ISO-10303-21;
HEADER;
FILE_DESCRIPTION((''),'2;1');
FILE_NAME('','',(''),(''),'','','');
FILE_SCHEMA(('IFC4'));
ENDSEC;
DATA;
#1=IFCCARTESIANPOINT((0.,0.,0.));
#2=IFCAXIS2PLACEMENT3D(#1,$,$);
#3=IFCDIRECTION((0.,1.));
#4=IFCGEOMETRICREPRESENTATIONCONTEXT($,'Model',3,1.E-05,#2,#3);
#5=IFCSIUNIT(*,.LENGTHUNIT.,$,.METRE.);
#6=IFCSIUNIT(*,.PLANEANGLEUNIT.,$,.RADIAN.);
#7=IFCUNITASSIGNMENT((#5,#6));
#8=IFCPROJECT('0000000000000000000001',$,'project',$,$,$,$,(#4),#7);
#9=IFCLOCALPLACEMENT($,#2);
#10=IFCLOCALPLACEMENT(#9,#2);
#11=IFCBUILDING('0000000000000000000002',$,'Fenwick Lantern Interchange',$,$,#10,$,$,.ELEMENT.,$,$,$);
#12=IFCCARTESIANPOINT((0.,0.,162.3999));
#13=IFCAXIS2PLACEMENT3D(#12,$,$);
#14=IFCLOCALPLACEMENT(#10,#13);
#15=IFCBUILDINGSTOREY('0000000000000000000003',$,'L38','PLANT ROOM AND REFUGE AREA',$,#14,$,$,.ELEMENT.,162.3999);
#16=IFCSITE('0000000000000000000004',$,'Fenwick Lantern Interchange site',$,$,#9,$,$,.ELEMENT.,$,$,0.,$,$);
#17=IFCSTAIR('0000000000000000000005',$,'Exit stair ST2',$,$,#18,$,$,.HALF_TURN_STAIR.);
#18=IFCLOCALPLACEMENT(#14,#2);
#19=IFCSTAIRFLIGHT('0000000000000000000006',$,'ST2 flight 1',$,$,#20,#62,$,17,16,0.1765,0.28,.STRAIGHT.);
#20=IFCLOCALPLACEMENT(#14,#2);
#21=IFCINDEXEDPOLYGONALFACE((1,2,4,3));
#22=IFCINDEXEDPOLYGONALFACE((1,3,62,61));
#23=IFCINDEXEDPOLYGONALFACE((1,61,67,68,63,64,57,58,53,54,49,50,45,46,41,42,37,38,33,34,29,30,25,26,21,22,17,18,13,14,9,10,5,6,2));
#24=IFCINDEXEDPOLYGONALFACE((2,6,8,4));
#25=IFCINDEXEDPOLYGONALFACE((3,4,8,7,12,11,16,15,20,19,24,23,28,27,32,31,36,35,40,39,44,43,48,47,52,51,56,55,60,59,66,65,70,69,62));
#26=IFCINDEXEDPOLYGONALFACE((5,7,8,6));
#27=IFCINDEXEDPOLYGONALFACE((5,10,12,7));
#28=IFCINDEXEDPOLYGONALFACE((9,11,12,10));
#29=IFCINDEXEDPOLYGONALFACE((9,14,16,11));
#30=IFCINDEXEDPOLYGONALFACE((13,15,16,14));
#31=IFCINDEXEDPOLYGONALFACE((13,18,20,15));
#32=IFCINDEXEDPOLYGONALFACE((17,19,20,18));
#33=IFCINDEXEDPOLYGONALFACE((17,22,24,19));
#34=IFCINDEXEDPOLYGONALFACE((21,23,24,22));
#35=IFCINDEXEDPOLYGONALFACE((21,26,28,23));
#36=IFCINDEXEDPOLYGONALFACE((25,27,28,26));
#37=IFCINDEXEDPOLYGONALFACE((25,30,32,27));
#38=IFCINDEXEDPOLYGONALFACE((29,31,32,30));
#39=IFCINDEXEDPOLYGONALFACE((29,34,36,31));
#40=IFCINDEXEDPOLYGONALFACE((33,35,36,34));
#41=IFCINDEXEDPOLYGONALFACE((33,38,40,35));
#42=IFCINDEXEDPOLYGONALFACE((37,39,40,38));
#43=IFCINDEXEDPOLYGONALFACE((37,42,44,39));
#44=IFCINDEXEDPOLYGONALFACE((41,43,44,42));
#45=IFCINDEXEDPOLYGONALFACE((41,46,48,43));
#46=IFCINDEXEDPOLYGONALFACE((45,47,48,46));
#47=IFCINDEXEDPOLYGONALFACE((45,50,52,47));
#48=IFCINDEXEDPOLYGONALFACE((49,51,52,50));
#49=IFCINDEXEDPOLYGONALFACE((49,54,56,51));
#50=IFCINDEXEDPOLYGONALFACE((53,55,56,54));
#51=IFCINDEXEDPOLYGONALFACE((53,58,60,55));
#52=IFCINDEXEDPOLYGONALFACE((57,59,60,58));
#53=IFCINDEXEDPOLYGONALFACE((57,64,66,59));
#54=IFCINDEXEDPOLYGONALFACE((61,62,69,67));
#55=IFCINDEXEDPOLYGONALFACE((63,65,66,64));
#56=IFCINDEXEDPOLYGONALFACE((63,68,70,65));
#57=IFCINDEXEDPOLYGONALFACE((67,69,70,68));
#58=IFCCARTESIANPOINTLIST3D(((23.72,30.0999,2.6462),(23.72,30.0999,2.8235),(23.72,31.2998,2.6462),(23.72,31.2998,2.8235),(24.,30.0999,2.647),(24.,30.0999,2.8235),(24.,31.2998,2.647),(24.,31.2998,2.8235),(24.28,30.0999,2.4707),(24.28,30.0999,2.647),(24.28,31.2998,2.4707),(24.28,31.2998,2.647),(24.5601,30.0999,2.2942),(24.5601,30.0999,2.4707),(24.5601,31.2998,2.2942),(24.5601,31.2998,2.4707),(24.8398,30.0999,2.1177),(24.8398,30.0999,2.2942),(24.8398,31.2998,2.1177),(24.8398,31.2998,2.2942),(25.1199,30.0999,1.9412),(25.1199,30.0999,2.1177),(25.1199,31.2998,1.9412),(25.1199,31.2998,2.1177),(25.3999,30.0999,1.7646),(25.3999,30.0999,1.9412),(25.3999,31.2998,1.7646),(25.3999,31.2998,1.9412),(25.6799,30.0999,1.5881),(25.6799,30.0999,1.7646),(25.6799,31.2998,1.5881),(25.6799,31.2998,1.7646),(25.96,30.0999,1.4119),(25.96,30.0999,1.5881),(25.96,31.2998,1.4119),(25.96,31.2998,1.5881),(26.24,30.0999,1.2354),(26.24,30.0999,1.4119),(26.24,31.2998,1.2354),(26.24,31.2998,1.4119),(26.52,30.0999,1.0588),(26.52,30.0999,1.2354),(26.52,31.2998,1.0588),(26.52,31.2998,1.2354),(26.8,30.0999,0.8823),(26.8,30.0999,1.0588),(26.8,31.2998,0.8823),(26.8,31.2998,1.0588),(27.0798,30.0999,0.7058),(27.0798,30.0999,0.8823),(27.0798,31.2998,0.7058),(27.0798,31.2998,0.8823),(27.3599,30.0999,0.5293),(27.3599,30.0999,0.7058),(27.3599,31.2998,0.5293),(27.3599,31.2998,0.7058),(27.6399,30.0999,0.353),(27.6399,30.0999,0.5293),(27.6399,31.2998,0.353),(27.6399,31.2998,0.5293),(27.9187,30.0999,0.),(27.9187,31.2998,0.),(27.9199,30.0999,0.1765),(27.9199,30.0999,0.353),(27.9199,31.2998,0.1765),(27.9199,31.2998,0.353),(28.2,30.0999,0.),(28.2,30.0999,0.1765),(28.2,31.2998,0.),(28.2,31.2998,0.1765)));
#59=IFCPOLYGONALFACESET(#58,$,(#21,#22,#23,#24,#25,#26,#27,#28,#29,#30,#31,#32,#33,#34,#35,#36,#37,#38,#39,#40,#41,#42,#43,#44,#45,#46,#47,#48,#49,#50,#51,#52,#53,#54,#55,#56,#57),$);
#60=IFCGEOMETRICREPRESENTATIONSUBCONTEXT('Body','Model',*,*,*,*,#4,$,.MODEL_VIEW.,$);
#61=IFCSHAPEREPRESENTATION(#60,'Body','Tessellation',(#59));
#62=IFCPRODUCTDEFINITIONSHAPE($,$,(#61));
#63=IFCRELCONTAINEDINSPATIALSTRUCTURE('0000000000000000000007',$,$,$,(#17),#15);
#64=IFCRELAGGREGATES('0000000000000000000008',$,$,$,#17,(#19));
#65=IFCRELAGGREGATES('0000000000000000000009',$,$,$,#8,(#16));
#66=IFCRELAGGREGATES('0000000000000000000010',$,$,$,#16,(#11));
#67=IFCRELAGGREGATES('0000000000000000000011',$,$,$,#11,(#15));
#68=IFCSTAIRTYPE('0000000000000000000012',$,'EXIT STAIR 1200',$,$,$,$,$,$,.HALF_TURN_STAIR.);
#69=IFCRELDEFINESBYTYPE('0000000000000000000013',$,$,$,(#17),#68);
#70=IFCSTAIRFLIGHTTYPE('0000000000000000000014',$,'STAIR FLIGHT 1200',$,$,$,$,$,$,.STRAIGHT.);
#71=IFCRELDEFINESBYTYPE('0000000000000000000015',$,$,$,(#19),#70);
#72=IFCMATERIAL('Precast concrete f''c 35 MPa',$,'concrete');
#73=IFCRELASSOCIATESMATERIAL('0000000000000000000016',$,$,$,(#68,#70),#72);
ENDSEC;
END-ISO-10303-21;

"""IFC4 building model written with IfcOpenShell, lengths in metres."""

from ifc_helpers import new_model, si_unit, direction, frame, origin, place, context, subcontext, project, spatial, polyline, outline, extrude, material, type_object, element, aggregate, save


model = new_model("IFC4")

# Units and contexts
model_context = context("Model", 3, precision=1e-05, world=origin(), true_north=direction((0.0, 1.0)))
body_context = subcontext(model_context, "Body", "Model", "MODEL_VIEW")
ifc_project = project(units=[si_unit("LENGTHUNIT", "METRE"), si_unit("PLANEANGLEUNIT", "RADIAN")], contexts=[model_context])

# Site, building, storey
site_placement = place(None, origin())
site = spatial("IfcSite", under=ifc_project, at=site_placement, Name="Fenwick Lantern Interchange site", CompositionType="ELEMENT", RefElevation=0.0)
building_placement = place(site_placement, origin())
building = spatial("IfcBuilding", under=site, at=building_placement, Name="Fenwick Lantern Interchange", CompositionType="ELEMENT")
storey_placement = place(building_placement, frame((0.0, 0.0, 162.3999)))
storey = spatial("IfcBuildingStorey", under=building, at=storey_placement, Name="L38", Description="PLANT ROOM AND REFUGE AREA", CompositionType="ELEMENT", Elevation=162.3999)

# Stair, stair flight
ifc_material_1 = material(Name="Precast concrete f'c 35 MPa", Category="concrete")
stair_type = type_object("IfcStairType", Name="EXIT STAIR 1200", PredefinedType="HALF_TURN_STAIR", material=ifc_material_1)
stair_placement = place(storey_placement, origin())
stair = element("IfcStair", 1, at=stair_placement, inside=storey, type_object=stair_type, Name="Exit stair ST2", PredefinedType="HALF_TURN_STAIR")
stair_flight_type = type_object("IfcStairFlightType", Name="STAIR FLIGHT 1200", PredefinedType="STRAIGHT", material=ifc_material_1)
stair_flight_placement = place(storey_placement, frame((28.2, 30.7, 0.0), z_axis=(0.0, 0.0, 1.0), x_axis=(-1.0, 0.0, 0.0)))
stair_flight = element("IfcStairFlight", 2, at=stair_flight_placement, type_object=stair_flight_type, Name="ST2 flight 1", NumberOfRisers=17, NumberOfTreads=16, PredefinedType="STRAIGHT", RiserHeight=0.1765, TreadLength=0.28, context=body_context, shape_type="SweptSolid", body=[
    extrude(outline(polyline([(0.0, 0.0), (0.0, 0.1765), (0.28, 0.1765), (0.28, 0.353), (0.5601, 0.353), (0.5601, 0.5293), (0.8401, 0.5293), (0.8401, 0.7058), (1.1201, 0.7058), (1.1201, 0.8823), (1.3999, 0.8823), (1.3999, 1.0588), (1.6799, 1.0588), (1.6799, 1.2354), (1.96, 1.2354), (1.96, 1.4119), (2.24, 1.4119), (2.24, 1.5881), (2.52, 1.5881), (2.52, 1.7646), (2.8, 1.7646), (2.8, 1.9412), (3.0801, 1.9412), (3.0801, 2.1177), (3.3601, 2.1177), (3.3601, 2.2942), (3.6399, 2.2942), (3.6399, 2.4707), (3.9199, 2.4707), (3.9199, 2.647), (4.2, 2.647), (4.2, 2.8235), (4.48, 2.8235), (4.48, 3.0), (4.48, 2.6462), (0.2812, 0.0), (0.0, 0.0)])), frame((0.0, 0.6001, 0.0), z_axis=(0.0, -1.0, 0.0), x_axis=(1.0, 0.0, 0.0)), (0.0, 0.0, 1.0), 1.2),
])
aggregate(stair, [stair_flight])

save(model, "model.ifc")
